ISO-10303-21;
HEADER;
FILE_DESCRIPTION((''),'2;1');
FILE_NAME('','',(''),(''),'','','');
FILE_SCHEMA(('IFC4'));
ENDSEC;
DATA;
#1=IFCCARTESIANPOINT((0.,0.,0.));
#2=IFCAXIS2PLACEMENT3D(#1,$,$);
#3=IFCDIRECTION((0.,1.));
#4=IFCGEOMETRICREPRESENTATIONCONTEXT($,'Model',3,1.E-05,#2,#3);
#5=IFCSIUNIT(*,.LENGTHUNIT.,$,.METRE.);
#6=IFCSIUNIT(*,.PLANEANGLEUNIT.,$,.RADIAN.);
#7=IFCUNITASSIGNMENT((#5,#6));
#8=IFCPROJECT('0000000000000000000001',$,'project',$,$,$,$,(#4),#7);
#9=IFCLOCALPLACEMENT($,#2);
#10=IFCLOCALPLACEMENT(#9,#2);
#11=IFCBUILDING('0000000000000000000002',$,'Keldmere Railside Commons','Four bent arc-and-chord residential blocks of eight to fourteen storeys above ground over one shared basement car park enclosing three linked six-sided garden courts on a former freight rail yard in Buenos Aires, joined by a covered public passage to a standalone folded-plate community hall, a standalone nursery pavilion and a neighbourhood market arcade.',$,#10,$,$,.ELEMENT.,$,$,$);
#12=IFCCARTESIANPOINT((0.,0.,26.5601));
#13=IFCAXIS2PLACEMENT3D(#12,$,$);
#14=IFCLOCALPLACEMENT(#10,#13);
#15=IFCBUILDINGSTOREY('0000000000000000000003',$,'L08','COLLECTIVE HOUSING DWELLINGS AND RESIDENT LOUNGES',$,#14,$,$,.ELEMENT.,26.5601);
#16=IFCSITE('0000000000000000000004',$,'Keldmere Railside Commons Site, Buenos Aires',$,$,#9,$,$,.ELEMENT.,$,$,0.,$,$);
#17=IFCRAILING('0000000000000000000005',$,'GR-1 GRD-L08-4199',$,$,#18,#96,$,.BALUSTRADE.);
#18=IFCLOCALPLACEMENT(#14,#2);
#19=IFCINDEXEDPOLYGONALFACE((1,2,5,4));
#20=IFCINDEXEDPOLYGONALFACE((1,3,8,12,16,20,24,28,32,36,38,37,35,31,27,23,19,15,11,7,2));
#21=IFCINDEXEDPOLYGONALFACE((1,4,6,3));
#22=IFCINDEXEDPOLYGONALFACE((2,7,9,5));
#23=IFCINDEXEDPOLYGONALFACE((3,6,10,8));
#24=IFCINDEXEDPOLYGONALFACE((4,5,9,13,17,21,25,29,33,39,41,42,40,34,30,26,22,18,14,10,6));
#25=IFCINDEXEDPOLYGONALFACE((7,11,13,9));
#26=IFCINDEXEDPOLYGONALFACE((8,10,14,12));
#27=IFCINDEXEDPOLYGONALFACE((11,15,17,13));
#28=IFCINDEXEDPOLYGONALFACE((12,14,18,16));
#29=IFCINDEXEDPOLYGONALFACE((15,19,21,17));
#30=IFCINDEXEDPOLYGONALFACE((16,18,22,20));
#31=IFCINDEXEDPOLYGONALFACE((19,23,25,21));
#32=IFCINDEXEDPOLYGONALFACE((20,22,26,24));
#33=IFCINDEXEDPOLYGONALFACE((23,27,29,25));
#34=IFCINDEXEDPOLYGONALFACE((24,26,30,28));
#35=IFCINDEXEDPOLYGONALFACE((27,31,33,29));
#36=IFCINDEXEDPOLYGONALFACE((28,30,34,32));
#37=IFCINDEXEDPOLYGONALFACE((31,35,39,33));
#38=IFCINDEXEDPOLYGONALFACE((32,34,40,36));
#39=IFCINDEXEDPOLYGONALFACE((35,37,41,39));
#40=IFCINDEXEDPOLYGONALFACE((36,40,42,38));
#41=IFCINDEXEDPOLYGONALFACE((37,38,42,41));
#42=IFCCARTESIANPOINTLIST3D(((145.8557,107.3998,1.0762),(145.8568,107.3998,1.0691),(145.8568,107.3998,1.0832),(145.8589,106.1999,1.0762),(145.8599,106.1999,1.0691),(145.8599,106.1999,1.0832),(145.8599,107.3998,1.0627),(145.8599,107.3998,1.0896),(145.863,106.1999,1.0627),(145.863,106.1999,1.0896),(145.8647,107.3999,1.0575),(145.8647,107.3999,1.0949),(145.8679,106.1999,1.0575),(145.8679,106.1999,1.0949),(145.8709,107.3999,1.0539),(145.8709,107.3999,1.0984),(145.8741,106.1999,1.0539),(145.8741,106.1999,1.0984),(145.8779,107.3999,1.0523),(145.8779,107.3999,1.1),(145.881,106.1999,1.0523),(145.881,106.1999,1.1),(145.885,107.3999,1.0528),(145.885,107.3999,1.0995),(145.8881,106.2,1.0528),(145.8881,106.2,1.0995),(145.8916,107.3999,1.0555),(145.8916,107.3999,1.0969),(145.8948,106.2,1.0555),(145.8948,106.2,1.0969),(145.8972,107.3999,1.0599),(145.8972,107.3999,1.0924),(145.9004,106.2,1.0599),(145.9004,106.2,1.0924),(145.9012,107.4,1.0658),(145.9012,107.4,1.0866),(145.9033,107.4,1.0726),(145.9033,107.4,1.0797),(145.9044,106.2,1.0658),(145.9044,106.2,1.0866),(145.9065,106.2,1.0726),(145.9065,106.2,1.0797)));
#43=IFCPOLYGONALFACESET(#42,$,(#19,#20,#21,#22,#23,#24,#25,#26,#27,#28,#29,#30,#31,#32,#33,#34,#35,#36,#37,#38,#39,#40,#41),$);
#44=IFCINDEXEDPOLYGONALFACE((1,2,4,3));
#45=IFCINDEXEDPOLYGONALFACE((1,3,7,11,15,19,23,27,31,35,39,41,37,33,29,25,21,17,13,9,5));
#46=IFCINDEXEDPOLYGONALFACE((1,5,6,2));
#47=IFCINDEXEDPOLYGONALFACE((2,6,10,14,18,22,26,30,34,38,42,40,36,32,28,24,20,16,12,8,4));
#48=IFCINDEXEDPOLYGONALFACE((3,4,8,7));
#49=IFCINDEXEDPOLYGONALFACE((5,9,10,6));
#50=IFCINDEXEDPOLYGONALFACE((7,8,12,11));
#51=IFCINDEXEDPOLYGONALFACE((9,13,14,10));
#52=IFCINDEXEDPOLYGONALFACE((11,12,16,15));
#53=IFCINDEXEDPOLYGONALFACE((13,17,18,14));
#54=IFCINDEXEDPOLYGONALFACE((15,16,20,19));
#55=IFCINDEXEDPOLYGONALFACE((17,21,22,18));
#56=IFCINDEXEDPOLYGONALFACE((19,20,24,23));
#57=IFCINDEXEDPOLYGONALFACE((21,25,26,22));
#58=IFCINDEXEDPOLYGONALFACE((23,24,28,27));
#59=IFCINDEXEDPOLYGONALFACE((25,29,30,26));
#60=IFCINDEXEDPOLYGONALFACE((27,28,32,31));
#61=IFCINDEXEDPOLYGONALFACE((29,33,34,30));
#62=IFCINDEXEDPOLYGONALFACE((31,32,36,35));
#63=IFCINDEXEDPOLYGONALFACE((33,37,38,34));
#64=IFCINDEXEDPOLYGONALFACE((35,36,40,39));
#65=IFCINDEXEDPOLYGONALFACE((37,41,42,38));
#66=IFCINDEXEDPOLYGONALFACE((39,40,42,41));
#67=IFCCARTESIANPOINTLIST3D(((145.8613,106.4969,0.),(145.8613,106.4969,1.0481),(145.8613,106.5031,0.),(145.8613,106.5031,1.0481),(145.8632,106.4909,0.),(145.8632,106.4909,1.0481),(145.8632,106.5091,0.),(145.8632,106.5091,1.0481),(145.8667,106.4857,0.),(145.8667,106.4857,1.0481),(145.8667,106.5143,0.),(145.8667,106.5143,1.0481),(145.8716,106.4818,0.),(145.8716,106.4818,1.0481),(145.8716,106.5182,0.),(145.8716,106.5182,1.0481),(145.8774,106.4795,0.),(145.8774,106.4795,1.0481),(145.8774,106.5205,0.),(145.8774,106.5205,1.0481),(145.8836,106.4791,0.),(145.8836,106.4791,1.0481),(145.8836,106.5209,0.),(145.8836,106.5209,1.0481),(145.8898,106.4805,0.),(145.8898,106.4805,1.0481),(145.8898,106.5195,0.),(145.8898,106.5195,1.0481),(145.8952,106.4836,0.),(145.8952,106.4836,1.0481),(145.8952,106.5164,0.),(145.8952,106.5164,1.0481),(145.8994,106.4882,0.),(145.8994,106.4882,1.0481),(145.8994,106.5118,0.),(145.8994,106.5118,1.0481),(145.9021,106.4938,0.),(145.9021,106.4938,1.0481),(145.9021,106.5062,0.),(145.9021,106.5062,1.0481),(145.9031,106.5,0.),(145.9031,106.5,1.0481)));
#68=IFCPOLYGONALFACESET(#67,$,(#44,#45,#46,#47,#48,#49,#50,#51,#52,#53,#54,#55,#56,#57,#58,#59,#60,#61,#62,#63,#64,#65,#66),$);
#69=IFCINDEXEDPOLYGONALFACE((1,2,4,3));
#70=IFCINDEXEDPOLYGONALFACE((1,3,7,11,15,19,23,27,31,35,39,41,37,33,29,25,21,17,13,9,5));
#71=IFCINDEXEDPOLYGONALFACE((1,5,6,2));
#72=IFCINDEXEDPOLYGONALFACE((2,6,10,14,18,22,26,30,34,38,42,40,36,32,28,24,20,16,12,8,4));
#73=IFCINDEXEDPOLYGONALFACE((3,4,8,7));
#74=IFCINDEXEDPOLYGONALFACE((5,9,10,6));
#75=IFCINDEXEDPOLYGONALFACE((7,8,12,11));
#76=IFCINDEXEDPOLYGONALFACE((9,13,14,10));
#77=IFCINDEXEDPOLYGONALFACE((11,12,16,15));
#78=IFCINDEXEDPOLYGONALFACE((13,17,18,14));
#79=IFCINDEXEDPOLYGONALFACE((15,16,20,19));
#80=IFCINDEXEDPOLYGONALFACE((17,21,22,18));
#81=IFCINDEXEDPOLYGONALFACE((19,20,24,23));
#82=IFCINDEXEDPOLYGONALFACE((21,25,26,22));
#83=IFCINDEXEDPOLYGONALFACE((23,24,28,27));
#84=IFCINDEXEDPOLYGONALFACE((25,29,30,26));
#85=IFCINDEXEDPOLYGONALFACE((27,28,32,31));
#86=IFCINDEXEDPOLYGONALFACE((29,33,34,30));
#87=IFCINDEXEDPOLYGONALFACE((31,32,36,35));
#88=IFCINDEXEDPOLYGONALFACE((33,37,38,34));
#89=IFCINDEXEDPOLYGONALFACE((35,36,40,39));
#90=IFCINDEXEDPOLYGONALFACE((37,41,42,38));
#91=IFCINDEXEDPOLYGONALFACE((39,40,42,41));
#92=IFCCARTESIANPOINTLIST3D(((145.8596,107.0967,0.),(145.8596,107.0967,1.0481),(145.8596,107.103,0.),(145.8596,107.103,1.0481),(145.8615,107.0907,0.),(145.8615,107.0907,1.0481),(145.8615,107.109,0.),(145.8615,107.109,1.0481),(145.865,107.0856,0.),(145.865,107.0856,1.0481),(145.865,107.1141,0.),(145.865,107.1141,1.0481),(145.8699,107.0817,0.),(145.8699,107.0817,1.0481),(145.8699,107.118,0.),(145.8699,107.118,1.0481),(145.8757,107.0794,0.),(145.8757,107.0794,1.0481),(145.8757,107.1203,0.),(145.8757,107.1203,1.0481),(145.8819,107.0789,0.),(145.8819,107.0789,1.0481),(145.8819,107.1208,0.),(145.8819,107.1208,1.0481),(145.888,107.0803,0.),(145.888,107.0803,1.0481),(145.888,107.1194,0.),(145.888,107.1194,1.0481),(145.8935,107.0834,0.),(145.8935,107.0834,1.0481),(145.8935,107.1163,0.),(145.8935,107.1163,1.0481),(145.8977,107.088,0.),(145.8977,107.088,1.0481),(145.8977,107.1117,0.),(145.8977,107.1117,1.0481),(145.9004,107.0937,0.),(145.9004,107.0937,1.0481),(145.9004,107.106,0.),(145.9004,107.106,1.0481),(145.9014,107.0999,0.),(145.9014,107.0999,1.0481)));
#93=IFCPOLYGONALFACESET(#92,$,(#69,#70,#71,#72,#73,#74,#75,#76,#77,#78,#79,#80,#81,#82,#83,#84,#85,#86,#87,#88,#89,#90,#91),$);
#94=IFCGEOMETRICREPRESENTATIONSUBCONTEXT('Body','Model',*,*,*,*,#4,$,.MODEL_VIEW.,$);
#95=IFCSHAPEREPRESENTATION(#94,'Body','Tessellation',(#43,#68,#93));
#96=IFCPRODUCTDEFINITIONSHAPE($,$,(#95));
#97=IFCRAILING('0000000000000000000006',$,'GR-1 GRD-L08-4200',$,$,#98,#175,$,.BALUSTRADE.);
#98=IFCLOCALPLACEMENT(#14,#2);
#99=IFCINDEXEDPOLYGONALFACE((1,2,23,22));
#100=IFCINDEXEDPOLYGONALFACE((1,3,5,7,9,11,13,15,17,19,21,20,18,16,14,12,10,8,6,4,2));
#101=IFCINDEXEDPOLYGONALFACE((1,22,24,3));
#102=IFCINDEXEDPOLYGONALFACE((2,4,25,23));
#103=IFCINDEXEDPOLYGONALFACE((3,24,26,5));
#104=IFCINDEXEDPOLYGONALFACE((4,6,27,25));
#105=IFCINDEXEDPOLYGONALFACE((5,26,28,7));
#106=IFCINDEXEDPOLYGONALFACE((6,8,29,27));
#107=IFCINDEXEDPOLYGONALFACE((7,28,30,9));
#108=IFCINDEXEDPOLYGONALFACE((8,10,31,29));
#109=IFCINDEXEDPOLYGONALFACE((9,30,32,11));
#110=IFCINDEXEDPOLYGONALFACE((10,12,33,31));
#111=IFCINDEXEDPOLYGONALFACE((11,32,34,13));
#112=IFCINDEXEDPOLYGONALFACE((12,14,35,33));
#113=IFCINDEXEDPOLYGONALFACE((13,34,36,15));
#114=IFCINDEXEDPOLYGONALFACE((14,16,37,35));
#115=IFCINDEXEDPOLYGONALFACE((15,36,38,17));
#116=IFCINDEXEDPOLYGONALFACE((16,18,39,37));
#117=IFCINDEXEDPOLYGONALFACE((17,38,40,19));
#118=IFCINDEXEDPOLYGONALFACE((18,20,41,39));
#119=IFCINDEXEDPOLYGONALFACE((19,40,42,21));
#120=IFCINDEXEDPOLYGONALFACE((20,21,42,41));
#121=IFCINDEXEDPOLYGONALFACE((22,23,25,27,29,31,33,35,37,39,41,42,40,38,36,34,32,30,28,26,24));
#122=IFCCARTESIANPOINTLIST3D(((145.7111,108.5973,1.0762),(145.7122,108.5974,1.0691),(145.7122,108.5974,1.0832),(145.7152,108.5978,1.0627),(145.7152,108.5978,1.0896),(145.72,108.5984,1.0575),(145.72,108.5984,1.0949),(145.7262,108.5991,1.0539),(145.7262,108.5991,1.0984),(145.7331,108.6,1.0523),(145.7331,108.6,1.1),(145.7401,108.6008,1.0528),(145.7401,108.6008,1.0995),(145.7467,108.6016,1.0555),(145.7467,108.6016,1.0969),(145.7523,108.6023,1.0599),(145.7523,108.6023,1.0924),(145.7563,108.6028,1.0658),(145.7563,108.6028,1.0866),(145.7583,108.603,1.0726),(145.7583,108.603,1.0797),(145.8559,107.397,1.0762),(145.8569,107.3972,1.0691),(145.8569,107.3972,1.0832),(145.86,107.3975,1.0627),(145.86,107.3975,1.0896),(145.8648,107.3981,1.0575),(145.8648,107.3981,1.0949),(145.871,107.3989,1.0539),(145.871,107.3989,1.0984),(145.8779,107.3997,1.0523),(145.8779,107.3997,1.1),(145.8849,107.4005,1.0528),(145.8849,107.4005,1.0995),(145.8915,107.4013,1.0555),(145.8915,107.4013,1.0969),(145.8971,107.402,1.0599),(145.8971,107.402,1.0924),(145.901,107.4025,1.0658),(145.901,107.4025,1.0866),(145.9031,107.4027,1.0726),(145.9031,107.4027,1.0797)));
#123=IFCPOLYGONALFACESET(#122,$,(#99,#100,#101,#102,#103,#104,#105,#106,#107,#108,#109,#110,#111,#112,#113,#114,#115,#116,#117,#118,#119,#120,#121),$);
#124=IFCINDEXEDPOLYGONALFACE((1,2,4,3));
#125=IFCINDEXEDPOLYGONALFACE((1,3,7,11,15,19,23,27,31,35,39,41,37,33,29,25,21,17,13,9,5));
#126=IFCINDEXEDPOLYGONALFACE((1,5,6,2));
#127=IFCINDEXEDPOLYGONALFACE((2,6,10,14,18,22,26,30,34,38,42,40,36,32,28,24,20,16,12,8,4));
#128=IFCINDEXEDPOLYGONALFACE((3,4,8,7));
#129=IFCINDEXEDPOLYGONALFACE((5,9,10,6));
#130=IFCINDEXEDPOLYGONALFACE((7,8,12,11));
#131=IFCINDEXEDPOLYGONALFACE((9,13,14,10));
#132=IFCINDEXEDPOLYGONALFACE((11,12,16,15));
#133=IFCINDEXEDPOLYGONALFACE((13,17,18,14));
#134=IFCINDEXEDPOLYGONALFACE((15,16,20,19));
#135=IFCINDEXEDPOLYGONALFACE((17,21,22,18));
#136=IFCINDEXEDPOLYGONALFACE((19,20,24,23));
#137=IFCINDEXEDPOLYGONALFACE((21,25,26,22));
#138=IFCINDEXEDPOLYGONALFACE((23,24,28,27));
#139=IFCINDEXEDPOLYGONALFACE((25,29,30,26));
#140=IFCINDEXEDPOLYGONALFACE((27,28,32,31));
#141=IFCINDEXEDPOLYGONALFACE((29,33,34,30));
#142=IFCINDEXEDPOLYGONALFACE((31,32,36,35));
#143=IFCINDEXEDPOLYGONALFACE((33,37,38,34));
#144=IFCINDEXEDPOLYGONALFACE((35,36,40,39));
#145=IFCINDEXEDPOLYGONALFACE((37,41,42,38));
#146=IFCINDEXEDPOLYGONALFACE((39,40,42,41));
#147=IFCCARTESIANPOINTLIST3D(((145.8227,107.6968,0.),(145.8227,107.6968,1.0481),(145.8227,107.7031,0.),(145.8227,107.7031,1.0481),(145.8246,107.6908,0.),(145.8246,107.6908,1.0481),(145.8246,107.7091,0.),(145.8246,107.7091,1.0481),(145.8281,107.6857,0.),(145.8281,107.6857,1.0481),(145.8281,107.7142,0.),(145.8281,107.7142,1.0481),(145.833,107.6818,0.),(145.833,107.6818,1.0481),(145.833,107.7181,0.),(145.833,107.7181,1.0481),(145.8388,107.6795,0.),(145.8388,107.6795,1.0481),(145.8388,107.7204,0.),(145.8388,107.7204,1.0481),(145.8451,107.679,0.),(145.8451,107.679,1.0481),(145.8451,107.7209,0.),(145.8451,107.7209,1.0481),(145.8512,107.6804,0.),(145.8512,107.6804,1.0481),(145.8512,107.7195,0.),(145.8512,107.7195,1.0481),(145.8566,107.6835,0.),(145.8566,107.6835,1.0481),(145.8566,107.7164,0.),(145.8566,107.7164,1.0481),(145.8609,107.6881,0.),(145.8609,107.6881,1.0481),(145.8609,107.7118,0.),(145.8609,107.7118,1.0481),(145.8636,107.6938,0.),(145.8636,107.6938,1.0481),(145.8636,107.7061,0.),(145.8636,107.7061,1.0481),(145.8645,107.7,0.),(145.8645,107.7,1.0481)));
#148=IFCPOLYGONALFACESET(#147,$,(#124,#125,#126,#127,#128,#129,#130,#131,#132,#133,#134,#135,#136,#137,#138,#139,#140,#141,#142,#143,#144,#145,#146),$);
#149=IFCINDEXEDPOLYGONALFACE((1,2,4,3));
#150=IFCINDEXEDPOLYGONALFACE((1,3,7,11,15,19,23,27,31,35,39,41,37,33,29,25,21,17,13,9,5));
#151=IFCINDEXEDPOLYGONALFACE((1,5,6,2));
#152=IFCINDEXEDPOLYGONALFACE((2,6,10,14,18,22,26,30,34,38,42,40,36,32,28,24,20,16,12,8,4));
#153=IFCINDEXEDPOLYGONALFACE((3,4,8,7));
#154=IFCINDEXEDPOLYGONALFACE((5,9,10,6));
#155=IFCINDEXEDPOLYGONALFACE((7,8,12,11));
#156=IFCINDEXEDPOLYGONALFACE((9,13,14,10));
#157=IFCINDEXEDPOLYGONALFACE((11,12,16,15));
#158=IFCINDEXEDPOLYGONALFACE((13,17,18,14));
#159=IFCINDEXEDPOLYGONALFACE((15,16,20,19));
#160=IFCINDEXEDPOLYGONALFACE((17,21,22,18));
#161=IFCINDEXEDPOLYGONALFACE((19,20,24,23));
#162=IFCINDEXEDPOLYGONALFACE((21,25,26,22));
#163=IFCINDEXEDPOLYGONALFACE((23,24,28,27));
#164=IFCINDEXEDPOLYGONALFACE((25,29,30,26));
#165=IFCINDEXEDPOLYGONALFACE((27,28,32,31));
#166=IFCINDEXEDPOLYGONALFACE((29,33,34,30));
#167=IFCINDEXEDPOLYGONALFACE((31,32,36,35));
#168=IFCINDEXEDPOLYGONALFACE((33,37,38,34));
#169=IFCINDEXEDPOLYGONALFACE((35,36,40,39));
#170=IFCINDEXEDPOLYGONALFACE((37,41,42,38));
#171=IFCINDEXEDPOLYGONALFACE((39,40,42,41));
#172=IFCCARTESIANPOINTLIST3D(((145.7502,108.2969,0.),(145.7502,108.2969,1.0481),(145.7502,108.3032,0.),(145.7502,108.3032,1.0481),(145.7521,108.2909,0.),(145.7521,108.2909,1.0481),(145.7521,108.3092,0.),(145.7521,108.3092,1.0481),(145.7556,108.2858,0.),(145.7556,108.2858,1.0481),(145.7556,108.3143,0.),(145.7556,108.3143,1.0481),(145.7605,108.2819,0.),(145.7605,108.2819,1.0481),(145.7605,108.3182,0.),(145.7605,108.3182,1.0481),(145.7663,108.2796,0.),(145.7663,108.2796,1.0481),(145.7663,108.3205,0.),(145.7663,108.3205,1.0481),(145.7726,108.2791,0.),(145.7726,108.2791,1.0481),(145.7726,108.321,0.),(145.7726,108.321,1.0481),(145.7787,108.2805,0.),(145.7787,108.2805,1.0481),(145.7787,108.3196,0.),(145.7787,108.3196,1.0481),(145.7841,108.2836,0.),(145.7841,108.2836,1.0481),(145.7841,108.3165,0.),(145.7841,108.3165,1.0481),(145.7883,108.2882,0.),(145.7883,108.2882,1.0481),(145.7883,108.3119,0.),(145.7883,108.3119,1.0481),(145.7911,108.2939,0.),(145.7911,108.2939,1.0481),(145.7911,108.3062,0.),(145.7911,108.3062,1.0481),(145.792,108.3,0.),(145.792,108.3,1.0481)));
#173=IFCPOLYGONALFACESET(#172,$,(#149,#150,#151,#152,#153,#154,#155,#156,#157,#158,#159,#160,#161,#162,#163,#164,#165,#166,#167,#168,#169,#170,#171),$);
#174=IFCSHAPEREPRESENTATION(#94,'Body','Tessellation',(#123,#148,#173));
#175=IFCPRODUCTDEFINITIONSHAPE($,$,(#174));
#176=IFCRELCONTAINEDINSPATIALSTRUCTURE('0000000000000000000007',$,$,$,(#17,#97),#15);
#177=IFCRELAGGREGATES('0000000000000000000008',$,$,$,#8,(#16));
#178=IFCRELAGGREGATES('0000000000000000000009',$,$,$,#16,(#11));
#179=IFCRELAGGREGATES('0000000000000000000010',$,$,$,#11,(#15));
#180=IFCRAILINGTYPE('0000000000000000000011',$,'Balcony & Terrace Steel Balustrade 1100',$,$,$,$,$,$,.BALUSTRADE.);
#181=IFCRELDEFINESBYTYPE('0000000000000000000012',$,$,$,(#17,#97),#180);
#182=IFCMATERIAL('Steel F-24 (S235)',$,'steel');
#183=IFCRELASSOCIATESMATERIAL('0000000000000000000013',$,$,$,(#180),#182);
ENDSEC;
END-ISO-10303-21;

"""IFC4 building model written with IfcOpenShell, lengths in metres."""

from ifc_helpers import new_model, si_unit, direction, frame, origin, origin_2d, place, context, subcontext, project, spatial, circle, extrude, material, type_object, element, save


model = new_model("IFC4")

# Units and contexts
model_context = context("Model", 3, precision=1e-05, world=origin(), true_north=direction((0.0, 1.0)))
body_context = subcontext(model_context, "Body", "Model", "MODEL_VIEW")
ifc_project = project(units=[si_unit("LENGTHUNIT", "METRE"), si_unit("PLANEANGLEUNIT", "RADIAN")], contexts=[model_context])

# Site, building, storey
site_placement = place(None, origin())
site = spatial("IfcSite", under=ifc_project, at=site_placement, Name="Keldmere Railside Commons Site, Buenos Aires", CompositionType="ELEMENT", RefElevation=0.0)
building_placement = place(site_placement, origin())
building = spatial("IfcBuilding", under=site, at=building_placement, Name="Keldmere Railside Commons", Description="Four bent arc-and-chord residential blocks of eight to fourteen storeys above ground over one shared basement car park enclosing three linked six-sided garden courts on a former freight rail yard in Buenos Aires, joined by a covered public passage to a standalone folded-plate community hall, a standalone nursery pavilion and a neighbourhood market arcade.", CompositionType="ELEMENT")
storey_placement = place(building_placement, frame((0.0, 0.0, 26.5601)))
storey = spatial("IfcBuildingStorey", under=building, at=storey_placement, Name="L08", Description="COLLECTIVE HOUSING DWELLINGS AND RESIDENT LOUNGES", CompositionType="ELEMENT", Elevation=26.5601)

# Shared definitions
ifc_material_1 = material(Name="Steel F-24 (S235)", Category="steel")

# Railings
railing_type = type_object("IfcRailingType", Name="Balcony & Terrace Steel Balustrade 1100", PredefinedType="BALUSTRADE", material=ifc_material_1)
railing_1_placement = place(storey_placement, frame((145.8828, 106.2, 0.0)))
element("IfcRailing", 1, at=railing_1_placement, inside=storey, type_object=railing_type, Name="GR-1 GRD-L08-4199", PredefinedType="BALUSTRADE", context=body_context, shape_type="SweptSolid", body=[
    extrude(circle(Radius=0.0239, at=origin_2d()), frame((0.0, 0.0, 1.0762), z_axis=(-0.002645, 0.999997, 0.0), x_axis=(-0.999997, -0.002645, 0.0)), (0.0, 0.0, 1.0), 1.2),
    extrude(circle(Radius=0.021, at=origin_2d()), frame((-0.0007, 0.3, 0.0)), (0.0, 0.0, 1.0), 1.0481),
    extrude(circle(Radius=0.021, at=origin_2d()), frame((-0.0024, 0.8999, 0.0)), (0.0, 0.0, 1.0), 1.0481),
])
railing_2_placement = place(storey_placement, frame((145.8796, 107.3999, 0.0)))
element("IfcRailing", 2, at=railing_2_placement, inside=storey, type_object=railing_type, Name="GR-1 GRD-L08-4200", PredefinedType="BALUSTRADE", context=body_context, shape_type="SweptSolid", body=[
    extrude(circle(Radius=0.0239, at=origin_2d()), frame((0.0, 0.0, 1.0762), z_axis=(-0.119758, 0.992803, 0.0), x_axis=(-0.992803, -0.119758, 0.0)), (0.0, 0.0, 1.0), 1.209),
    extrude(circle(Radius=0.021, at=origin_2d()), frame((-0.0361, 0.3, 0.0)), (0.0, 0.0, 1.0), 1.0481),
    extrude(circle(Radius=0.021, at=origin_2d()), frame((-0.1086, 0.9001, 0.0)), (0.0, 0.0, 1.0), 1.0481),
])

save(model, "model.ifc")
